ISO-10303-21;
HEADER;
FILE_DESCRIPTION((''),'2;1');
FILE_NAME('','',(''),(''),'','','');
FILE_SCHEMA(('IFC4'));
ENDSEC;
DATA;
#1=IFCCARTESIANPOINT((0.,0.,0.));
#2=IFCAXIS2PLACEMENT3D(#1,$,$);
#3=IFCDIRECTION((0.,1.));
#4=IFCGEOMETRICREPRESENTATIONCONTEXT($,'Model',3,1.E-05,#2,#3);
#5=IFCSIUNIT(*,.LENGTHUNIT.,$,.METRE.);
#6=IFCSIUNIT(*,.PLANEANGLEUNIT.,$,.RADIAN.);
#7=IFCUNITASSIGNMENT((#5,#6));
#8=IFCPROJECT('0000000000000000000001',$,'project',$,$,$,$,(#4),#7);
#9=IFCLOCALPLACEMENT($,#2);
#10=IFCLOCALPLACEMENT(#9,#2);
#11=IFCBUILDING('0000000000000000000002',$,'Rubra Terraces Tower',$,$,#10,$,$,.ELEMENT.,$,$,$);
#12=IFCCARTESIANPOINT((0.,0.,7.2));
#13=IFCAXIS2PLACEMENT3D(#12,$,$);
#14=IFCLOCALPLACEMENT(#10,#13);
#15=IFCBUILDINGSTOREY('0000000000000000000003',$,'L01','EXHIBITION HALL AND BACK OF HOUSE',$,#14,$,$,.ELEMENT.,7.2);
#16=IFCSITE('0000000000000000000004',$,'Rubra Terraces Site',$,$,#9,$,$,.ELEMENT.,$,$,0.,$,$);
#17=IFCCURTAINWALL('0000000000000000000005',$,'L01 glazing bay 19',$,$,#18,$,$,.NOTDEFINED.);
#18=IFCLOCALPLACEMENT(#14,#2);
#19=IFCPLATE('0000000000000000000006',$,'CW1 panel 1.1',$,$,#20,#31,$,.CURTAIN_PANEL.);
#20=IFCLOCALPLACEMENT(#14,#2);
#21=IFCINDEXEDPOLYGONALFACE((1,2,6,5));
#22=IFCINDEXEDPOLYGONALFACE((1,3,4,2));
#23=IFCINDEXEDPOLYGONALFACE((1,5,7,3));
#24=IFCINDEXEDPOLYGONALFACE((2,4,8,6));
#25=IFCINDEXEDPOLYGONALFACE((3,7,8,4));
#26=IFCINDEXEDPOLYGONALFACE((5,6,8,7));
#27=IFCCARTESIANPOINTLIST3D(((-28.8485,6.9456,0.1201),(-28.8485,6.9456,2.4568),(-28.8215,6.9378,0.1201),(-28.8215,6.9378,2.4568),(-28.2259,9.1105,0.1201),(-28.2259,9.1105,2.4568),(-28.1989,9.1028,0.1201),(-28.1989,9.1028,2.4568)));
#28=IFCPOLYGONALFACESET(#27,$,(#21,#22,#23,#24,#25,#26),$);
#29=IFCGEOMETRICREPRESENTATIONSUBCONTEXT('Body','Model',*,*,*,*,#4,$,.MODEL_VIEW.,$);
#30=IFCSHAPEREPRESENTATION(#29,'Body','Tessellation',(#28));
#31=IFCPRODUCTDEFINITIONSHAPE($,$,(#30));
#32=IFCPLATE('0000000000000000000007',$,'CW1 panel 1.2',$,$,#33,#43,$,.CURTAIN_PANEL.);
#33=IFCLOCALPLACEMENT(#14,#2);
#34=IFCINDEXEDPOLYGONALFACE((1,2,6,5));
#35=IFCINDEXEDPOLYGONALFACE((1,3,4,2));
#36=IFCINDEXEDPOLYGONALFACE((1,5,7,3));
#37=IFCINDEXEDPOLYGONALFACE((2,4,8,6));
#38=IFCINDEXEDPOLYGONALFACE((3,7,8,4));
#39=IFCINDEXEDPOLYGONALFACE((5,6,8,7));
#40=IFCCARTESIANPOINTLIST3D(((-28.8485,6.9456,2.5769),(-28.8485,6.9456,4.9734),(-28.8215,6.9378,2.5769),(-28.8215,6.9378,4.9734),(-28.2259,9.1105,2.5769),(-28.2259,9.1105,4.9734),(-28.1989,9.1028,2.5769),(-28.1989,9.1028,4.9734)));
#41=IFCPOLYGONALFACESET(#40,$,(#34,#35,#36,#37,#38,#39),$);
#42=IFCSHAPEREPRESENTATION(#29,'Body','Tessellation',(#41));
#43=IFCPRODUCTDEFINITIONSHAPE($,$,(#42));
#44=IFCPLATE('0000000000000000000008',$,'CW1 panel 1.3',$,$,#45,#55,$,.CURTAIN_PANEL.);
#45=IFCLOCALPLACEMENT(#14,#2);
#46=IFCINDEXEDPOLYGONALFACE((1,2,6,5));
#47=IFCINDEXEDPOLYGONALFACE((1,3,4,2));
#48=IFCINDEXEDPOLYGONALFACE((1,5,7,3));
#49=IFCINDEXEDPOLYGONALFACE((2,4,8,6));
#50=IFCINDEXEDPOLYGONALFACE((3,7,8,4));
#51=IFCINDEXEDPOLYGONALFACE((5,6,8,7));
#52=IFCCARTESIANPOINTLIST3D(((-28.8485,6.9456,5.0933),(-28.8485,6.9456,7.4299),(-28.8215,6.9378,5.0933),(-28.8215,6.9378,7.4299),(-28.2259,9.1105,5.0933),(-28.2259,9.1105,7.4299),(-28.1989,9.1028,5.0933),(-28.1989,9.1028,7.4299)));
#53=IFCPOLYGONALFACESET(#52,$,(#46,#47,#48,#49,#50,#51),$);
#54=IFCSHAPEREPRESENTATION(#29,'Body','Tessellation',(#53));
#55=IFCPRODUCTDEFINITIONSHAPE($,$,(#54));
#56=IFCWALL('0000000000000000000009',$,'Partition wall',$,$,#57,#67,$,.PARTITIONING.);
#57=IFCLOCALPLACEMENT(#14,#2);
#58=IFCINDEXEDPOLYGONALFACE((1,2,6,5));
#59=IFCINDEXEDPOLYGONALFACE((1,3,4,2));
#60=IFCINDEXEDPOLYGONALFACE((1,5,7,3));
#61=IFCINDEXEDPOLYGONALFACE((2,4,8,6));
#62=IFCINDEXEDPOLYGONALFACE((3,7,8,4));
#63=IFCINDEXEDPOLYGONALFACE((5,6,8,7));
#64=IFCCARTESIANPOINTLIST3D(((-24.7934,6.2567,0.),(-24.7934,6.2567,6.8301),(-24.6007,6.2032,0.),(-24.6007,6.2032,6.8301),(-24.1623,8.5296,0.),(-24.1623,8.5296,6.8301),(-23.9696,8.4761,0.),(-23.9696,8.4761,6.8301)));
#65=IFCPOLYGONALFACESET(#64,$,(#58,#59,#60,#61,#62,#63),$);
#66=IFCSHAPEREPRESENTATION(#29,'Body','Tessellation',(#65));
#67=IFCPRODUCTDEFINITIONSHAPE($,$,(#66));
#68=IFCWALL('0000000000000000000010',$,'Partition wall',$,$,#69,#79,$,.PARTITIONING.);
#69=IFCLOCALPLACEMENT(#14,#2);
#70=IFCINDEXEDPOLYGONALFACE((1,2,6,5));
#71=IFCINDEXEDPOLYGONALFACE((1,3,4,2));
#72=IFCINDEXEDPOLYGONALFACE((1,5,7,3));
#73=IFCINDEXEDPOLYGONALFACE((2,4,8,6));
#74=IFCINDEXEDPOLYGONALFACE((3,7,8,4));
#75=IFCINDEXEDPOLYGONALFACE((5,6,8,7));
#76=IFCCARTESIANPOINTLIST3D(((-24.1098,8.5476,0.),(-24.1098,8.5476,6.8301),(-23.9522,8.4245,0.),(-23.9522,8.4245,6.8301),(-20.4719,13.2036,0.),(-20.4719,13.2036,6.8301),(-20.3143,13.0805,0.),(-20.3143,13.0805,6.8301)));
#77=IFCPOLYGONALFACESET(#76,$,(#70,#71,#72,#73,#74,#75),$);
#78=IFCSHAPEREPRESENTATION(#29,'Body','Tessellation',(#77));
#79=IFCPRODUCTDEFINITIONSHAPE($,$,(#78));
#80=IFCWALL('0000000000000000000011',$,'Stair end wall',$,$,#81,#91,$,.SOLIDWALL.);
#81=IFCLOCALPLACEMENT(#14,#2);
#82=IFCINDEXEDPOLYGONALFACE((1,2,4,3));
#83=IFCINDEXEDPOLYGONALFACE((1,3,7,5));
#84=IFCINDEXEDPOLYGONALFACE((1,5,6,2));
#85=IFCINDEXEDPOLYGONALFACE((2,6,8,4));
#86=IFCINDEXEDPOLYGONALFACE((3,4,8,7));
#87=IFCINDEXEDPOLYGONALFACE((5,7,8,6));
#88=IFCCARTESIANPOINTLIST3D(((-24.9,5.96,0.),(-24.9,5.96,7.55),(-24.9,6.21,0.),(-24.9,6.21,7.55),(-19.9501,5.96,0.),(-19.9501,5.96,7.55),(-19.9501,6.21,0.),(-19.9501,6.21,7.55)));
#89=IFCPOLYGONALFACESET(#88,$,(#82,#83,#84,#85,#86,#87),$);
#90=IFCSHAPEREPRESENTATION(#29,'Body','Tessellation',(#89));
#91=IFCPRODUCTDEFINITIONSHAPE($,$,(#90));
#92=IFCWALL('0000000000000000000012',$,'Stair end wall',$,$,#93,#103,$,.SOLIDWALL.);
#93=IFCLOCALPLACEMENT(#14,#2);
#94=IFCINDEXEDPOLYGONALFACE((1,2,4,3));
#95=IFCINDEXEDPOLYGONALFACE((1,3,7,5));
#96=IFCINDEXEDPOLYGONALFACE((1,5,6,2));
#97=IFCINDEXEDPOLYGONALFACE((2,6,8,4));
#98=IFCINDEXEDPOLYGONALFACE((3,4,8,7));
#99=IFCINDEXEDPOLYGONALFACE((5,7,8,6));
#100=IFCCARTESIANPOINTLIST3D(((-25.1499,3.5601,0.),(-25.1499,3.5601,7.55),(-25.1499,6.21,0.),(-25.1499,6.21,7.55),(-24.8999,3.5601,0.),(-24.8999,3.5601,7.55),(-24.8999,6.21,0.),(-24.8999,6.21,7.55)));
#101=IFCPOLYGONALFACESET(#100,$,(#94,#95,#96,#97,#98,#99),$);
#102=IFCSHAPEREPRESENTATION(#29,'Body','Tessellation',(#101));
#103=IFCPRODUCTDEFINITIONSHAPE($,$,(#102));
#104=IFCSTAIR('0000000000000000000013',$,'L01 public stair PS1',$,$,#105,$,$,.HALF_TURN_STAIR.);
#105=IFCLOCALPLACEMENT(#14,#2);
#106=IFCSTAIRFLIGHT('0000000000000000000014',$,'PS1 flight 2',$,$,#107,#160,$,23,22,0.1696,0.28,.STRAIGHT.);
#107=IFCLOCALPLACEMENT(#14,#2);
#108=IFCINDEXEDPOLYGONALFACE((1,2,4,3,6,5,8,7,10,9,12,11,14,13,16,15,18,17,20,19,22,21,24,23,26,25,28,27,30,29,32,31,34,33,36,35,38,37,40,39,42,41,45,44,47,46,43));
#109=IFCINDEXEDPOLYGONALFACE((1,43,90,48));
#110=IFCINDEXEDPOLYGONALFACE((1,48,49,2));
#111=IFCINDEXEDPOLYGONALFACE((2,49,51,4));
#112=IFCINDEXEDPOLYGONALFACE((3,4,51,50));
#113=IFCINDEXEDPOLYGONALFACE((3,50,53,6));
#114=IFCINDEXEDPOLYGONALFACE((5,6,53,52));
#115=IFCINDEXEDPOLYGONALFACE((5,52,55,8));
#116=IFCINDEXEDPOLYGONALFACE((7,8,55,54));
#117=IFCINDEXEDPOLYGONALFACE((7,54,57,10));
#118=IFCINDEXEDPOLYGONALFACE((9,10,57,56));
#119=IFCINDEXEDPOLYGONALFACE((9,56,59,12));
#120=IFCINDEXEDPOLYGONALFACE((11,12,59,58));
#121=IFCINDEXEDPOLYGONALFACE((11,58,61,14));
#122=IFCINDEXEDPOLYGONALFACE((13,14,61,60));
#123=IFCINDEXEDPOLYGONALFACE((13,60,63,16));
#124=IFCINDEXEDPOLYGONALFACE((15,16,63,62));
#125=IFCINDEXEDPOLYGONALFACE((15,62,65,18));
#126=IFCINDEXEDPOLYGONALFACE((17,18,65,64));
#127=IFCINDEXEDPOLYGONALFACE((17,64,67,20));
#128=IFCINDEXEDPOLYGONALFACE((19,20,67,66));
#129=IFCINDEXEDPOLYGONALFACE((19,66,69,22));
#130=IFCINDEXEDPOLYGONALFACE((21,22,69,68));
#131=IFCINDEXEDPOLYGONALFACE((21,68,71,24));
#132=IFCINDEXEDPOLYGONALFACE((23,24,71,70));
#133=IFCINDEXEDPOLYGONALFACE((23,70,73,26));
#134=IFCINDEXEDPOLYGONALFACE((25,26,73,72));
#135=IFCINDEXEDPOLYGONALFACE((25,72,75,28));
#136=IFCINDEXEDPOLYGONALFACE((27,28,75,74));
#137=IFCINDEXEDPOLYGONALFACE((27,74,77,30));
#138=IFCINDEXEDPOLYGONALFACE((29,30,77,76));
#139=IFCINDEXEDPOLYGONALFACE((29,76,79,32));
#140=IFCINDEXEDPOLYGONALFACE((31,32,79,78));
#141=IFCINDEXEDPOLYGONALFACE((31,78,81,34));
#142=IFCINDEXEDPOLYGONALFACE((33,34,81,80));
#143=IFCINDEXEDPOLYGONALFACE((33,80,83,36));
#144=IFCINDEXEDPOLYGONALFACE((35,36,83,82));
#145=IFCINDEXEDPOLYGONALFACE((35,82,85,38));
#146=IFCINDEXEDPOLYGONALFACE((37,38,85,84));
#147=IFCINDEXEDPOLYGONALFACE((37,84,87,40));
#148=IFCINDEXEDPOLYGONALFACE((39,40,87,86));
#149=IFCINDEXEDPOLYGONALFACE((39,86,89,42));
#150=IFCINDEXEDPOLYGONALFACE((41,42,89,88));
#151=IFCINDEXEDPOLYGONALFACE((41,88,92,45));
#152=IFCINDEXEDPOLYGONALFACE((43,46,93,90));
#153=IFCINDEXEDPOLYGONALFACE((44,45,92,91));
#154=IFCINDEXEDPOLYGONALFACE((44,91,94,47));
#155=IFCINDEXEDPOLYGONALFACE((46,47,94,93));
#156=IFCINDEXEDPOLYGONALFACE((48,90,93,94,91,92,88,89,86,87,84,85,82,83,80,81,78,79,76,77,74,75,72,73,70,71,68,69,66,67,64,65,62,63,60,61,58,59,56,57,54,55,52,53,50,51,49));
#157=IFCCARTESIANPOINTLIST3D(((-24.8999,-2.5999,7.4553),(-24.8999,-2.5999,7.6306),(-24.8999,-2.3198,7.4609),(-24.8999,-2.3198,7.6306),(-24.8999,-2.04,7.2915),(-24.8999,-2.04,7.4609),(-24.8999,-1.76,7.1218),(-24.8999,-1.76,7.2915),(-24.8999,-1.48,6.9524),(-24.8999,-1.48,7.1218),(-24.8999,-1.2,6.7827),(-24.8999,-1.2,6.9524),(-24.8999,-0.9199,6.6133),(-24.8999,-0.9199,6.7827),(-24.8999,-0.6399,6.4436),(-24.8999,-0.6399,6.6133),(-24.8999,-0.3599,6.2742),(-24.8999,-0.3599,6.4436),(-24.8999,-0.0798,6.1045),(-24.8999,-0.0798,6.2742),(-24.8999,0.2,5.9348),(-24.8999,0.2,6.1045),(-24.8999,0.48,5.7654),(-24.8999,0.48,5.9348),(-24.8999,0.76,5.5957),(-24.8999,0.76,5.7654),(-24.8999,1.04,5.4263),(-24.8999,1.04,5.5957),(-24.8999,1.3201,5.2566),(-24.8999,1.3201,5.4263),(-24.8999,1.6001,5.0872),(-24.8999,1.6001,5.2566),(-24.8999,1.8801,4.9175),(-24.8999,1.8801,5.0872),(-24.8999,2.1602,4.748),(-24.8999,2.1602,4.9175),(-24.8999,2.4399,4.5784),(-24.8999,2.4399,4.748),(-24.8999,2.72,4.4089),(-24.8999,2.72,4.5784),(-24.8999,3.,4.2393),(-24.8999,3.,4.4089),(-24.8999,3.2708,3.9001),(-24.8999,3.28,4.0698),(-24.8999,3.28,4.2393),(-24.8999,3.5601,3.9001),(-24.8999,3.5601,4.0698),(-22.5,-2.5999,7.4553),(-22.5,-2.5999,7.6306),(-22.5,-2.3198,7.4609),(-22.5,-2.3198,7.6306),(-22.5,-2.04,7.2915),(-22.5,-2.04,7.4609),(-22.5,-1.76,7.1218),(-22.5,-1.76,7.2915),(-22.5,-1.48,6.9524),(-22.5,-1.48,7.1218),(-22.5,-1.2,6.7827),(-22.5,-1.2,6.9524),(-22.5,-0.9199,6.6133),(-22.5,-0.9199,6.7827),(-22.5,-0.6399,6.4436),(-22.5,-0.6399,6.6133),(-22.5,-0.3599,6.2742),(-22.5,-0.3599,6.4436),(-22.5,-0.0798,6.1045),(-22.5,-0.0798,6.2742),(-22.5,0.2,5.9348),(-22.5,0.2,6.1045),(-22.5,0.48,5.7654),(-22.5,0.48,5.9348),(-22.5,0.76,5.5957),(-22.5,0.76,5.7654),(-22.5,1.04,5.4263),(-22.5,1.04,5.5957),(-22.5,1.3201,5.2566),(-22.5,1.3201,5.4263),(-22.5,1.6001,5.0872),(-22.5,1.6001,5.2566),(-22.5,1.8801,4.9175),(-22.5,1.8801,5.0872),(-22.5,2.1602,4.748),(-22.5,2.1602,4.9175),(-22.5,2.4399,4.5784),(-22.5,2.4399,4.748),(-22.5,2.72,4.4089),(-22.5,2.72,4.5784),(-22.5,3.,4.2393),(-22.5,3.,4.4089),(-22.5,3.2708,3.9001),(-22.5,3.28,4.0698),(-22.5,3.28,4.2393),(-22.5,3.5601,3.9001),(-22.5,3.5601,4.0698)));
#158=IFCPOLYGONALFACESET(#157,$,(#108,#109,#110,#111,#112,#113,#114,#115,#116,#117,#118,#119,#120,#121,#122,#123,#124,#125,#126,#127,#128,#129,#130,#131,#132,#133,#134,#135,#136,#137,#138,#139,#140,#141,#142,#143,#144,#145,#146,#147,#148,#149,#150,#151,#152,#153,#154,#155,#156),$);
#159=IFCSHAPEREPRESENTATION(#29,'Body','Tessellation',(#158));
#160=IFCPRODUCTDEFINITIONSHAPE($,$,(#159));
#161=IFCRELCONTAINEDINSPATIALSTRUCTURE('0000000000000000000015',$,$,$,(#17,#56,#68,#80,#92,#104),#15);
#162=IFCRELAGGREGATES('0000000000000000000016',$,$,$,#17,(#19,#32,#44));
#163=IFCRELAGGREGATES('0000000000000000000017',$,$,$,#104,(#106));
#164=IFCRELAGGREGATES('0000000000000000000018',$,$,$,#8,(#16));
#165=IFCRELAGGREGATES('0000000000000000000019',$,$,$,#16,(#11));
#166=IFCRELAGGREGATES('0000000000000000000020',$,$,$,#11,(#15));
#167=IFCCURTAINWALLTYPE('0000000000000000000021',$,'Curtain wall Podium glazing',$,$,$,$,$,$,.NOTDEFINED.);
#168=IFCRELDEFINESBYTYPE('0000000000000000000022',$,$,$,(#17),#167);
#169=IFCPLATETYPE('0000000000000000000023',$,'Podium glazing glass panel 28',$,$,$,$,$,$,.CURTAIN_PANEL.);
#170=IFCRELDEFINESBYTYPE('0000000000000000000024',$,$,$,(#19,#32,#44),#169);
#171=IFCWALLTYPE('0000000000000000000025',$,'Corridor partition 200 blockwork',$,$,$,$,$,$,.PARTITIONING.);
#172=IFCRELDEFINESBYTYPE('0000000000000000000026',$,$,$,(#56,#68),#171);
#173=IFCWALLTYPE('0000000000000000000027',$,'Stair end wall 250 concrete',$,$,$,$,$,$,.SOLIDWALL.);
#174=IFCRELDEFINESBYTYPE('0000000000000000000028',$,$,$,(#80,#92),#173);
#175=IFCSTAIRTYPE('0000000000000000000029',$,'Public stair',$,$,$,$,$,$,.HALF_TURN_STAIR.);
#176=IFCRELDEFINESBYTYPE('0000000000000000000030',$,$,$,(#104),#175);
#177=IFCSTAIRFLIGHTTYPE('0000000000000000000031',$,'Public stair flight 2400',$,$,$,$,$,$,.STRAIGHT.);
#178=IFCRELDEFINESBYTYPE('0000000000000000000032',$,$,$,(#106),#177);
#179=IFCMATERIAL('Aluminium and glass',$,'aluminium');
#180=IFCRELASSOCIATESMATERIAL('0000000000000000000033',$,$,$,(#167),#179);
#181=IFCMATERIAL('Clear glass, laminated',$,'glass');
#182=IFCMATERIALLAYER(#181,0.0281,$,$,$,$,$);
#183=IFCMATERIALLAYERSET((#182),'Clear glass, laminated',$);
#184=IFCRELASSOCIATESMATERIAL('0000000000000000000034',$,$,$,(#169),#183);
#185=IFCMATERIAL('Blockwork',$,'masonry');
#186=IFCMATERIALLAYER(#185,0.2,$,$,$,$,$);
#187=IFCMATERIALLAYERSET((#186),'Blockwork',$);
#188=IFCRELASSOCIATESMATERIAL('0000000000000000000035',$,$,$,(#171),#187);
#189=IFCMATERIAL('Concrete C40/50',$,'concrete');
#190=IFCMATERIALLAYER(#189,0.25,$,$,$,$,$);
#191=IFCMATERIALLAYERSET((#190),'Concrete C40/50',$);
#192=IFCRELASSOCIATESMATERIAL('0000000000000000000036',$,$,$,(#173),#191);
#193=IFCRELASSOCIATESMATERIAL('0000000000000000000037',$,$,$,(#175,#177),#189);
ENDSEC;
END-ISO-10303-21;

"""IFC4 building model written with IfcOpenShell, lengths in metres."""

from ifc_helpers import new_model, si_unit, direction, frame, frame_2d, origin, origin_2d, place, context, subcontext, project, spatial, polyline, rectangle, outline, extrude, material, layer, layer_set, type_object, element, aggregate, save


model = new_model("IFC4")

# Units and contexts
model_context = context("Model", 3, precision=1e-05, world=origin(), true_north=direction((0.0, 1.0)))
body_context = subcontext(model_context, "Body", "Model", "MODEL_VIEW")
ifc_project = project(units=[si_unit("LENGTHUNIT", "METRE"), si_unit("PLANEANGLEUNIT", "RADIAN")], contexts=[model_context])

# Site, building, storey
site_placement = place(None, origin())
site = spatial("IfcSite", under=ifc_project, at=site_placement, Name="Rubra Terraces Site", CompositionType="ELEMENT", RefElevation=0.0)
building_placement = place(site_placement, origin())
building = spatial("IfcBuilding", under=site, at=building_placement, Name="Rubra Terraces Tower", CompositionType="ELEMENT")
storey_placement = place(building_placement, frame((0.0, 0.0, 7.2)))
storey = spatial("IfcBuildingStorey", under=building, at=storey_placement, Name="L01", Description="EXHIBITION HALL AND BACK OF HOUSE", CompositionType="ELEMENT", Elevation=7.2)

# Curtain wall
ifc_material_1 = material(Name="Aluminium and glass", Category="aluminium")
curtain_wall_type = type_object("IfcCurtainWallType", Name="Curtain wall Podium glazing", PredefinedType="NOTDEFINED", material=ifc_material_1)
curtain_wall_placement = place(storey_placement, origin())
curtain_wall = element("IfcCurtainWall", 1, at=curtain_wall_placement, inside=storey, type_object=curtain_wall_type, Name="L01 glazing bay 19", PredefinedType="NOTDEFINED")

# Plates
ifc_material_2 = material(Name="Clear glass, laminated", Category="glass")
ifc_layer_1 = layer(ifc_material_2, 0.0281)
ifc_layer_set_1 = layer_set([ifc_layer_1], Name="Clear glass, laminated")
plate_type = type_object("IfcPlateType", Name="Podium glazing glass panel 28", PredefinedType="CURTAIN_PANEL", material=ifc_layer_set_1)
plate_1_placement = place(storey_placement, frame((-28.5237, 8.0242, 0.1201), z_axis=(0.0, 0.0, 1.0), x_axis=(-0.276384, -0.961047, 0.0)))
plate_1 = element("IfcPlate", 2, at=plate_1_placement, type_object=plate_type, Name="CW1 panel 1.1", PredefinedType="CURTAIN_PANEL", context=body_context, shape_type="SweptSolid", body=[
    extrude(rectangle(XDim=2.2527, YDim=0.0281, at=origin_2d()), origin(), (0.0, 0.0, 1.0), 2.3367),
])
plate_2_placement = place(storey_placement, frame((-28.5237, 8.0242, 2.5769), z_axis=(0.0, 0.0, 1.0), x_axis=(-0.276384, -0.961047, 0.0)))
plate_2 = element("IfcPlate", 3, at=plate_2_placement, type_object=plate_type, Name="CW1 panel 1.2", PredefinedType="CURTAIN_PANEL", context=body_context, shape_type="SweptSolid", body=[
    extrude(rectangle(XDim=2.2527, YDim=0.0281, at=origin_2d()), origin(), (0.0, 0.0, 1.0), 2.3965),
])
plate_3_placement = place(storey_placement, frame((-28.5237, 8.0242, 5.0933), z_axis=(0.0, 0.0, 1.0), x_axis=(-0.276384, -0.961047, 0.0)))
plate_3 = element("IfcPlate", 4, at=plate_3_placement, type_object=plate_type, Name="CW1 panel 1.3", PredefinedType="CURTAIN_PANEL", context=body_context, shape_type="SweptSolid", body=[
    extrude(rectangle(XDim=2.2527, YDim=0.0281, at=origin_2d()), origin(), (0.0, 0.0, 1.0), 2.3367),
])
aggregate(curtain_wall, [plate_1, plate_2, plate_3])

# Walls
ifc_material_3 = material(Name="Blockwork", Category="masonry")
ifc_layer_2 = layer(ifc_material_3, 0.2)
ifc_layer_set_2 = layer_set([ifc_layer_2], Name="Blockwork")
wall_type_1 = type_object("IfcWallType", Name="Corridor partition 200 blockwork", PredefinedType="PARTITIONING", material=ifc_layer_set_2)
wall_1_placement = place(storey_placement, frame((-24.697, 6.23, 0.0), z_axis=(0.0, 0.0, 1.0), x_axis=(0.267537, 0.963548, 0.0)))
element("IfcWall", 5, at=wall_1_placement, inside=storey, type_object=wall_type_1, Name="Partition wall", PredefinedType="PARTITIONING", context=body_context, shape_type="SweptSolid", body=[
    extrude(rectangle(XDim=2.3589, YDim=0.2, at=frame_2d((1.1794, 0.0))), origin(), (0.0, 0.0, 1.0), 6.8301),
])
wall_2_placement = place(storey_placement, frame((-24.031, 8.4861, 0.0), z_axis=(0.0, 0.0, 1.0), x_axis=(0.61569, 0.787989, 0.0)))
element("IfcWall", 6, at=wall_2_placement, inside=storey, type_object=wall_type_1, Name="Partition wall", PredefinedType="PARTITIONING", context=body_context, shape_type="SweptSolid", body=[
    extrude(rectangle(XDim=5.9087, YDim=0.2, at=frame_2d((2.9543, 0.0))), origin(), (0.0, 0.0, 1.0), 6.8301),
])
ifc_material_4 = material(Name="Concrete C40/50", Category="concrete")
ifc_layer_3 = layer(ifc_material_4, 0.25)
ifc_layer_set_3 = layer_set([ifc_layer_3], Name="Concrete C40/50")
wall_type_2 = type_object("IfcWallType", Name="Stair end wall 250 concrete", PredefinedType="SOLIDWALL", material=ifc_layer_set_3)
wall_3_placement = place(storey_placement, frame((-19.95, 6.085, 0.0), z_axis=(0.0, 0.0, 1.0), x_axis=(-1.0, 0.0, 0.0)))
element("IfcWall", 7, at=wall_3_placement, inside=storey, type_object=wall_type_2, Name="Stair end wall", PredefinedType="SOLIDWALL", context=body_context, shape_type="SweptSolid", body=[
    extrude(rectangle(XDim=4.95, YDim=0.25, at=frame_2d((2.4751, 0.0))), origin(), (0.0, 0.0, 1.0), 7.55),
])
wall_4_placement = place(storey_placement, frame((-25.0249, 3.5601, 0.0), z_axis=(0.0, 0.0, 1.0), x_axis=(0.0, 1.0, 0.0)))
element("IfcWall", 8, at=wall_4_placement, inside=storey, type_object=wall_type_2, Name="Stair end wall", PredefinedType="SOLIDWALL", context=body_context, shape_type="SweptSolid", body=[
    extrude(rectangle(XDim=2.6499, YDim=0.25, at=frame_2d((1.325, 0.0))), origin(), (0.0, 0.0, 1.0), 7.55),
])

# Stair, stair flight
stair_type = type_object("IfcStairType", Name="Public stair", PredefinedType="HALF_TURN_STAIR", material=ifc_material_4)
stair_placement = place(storey_placement, origin())
stair = element("IfcStair", 9, at=stair_placement, inside=storey, type_object=stair_type, Name="L01 public stair PS1", PredefinedType="HALF_TURN_STAIR")
stair_flight_type = type_object("IfcStairFlightType", Name="Public stair flight 2400", PredefinedType="STRAIGHT", material=ifc_material_4)
stair_flight_placement = place(storey_placement, frame((-23.7, 3.5601, 3.9001), z_axis=(0.0, 0.0, 1.0), x_axis=(0.0, -1.0, 0.0)))
stair_flight = element("IfcStairFlight", 10, at=stair_flight_placement, type_object=stair_flight_type, Name="PS1 flight 2", NumberOfRisers=23, NumberOfTreads=22, PredefinedType="STRAIGHT", RiserHeight=0.1696, TreadLength=0.28, context=body_context, shape_type="SweptSolid", body=[
    extrude(outline(polyline([(0.0, 0.0), (0.0, 0.1697), (0.28, 0.1697), (0.28, 0.3391), (0.5601, 0.3391), (0.5601, 0.5088), (0.8401, 0.5088), (0.8401, 0.6782), (1.1201, 0.6782), (1.1201, 0.8479), (1.3999, 0.8479), (1.3999, 1.0173), (1.6799, 1.0173), (1.6799, 1.187), (1.96, 1.187), (1.96, 1.3564), (2.24, 1.3564), (2.24, 1.5261), (2.52, 1.5261), (2.52, 1.6956), (2.8, 1.6956), (2.8, 1.8652), (3.0801, 1.8652), (3.0801, 2.0347), (3.3601, 2.0347), (3.3601, 2.2043), (3.6399, 2.2043), (3.6399, 2.374), (3.9199, 2.374), (3.9199, 2.5435), (4.2, 2.5435), (4.2, 2.7131), (4.48, 2.7131), (4.48, 2.8826), (4.76, 2.8826), (4.76, 3.0522), (5.04, 3.0522), (5.04, 3.2217), (5.3201, 3.2217), (5.3201, 3.3914), (5.6001, 3.3914), (5.6001, 3.5608), (5.8799, 3.5608), (5.8799, 3.7305), (6.1599, 3.7305), (6.1599, 3.8999), (6.1599, 3.5552), (0.2893, 0.0), (0.0, 0.0)])), frame((0.0, 1.2, 0.0), z_axis=(0.0, -1.0, 0.0), x_axis=(1.0, 0.0, 0.0)), (0.0, 0.0, 1.0), 2.3999),
])
aggregate(stair, [stair_flight])

save(model, "model.ifc")
